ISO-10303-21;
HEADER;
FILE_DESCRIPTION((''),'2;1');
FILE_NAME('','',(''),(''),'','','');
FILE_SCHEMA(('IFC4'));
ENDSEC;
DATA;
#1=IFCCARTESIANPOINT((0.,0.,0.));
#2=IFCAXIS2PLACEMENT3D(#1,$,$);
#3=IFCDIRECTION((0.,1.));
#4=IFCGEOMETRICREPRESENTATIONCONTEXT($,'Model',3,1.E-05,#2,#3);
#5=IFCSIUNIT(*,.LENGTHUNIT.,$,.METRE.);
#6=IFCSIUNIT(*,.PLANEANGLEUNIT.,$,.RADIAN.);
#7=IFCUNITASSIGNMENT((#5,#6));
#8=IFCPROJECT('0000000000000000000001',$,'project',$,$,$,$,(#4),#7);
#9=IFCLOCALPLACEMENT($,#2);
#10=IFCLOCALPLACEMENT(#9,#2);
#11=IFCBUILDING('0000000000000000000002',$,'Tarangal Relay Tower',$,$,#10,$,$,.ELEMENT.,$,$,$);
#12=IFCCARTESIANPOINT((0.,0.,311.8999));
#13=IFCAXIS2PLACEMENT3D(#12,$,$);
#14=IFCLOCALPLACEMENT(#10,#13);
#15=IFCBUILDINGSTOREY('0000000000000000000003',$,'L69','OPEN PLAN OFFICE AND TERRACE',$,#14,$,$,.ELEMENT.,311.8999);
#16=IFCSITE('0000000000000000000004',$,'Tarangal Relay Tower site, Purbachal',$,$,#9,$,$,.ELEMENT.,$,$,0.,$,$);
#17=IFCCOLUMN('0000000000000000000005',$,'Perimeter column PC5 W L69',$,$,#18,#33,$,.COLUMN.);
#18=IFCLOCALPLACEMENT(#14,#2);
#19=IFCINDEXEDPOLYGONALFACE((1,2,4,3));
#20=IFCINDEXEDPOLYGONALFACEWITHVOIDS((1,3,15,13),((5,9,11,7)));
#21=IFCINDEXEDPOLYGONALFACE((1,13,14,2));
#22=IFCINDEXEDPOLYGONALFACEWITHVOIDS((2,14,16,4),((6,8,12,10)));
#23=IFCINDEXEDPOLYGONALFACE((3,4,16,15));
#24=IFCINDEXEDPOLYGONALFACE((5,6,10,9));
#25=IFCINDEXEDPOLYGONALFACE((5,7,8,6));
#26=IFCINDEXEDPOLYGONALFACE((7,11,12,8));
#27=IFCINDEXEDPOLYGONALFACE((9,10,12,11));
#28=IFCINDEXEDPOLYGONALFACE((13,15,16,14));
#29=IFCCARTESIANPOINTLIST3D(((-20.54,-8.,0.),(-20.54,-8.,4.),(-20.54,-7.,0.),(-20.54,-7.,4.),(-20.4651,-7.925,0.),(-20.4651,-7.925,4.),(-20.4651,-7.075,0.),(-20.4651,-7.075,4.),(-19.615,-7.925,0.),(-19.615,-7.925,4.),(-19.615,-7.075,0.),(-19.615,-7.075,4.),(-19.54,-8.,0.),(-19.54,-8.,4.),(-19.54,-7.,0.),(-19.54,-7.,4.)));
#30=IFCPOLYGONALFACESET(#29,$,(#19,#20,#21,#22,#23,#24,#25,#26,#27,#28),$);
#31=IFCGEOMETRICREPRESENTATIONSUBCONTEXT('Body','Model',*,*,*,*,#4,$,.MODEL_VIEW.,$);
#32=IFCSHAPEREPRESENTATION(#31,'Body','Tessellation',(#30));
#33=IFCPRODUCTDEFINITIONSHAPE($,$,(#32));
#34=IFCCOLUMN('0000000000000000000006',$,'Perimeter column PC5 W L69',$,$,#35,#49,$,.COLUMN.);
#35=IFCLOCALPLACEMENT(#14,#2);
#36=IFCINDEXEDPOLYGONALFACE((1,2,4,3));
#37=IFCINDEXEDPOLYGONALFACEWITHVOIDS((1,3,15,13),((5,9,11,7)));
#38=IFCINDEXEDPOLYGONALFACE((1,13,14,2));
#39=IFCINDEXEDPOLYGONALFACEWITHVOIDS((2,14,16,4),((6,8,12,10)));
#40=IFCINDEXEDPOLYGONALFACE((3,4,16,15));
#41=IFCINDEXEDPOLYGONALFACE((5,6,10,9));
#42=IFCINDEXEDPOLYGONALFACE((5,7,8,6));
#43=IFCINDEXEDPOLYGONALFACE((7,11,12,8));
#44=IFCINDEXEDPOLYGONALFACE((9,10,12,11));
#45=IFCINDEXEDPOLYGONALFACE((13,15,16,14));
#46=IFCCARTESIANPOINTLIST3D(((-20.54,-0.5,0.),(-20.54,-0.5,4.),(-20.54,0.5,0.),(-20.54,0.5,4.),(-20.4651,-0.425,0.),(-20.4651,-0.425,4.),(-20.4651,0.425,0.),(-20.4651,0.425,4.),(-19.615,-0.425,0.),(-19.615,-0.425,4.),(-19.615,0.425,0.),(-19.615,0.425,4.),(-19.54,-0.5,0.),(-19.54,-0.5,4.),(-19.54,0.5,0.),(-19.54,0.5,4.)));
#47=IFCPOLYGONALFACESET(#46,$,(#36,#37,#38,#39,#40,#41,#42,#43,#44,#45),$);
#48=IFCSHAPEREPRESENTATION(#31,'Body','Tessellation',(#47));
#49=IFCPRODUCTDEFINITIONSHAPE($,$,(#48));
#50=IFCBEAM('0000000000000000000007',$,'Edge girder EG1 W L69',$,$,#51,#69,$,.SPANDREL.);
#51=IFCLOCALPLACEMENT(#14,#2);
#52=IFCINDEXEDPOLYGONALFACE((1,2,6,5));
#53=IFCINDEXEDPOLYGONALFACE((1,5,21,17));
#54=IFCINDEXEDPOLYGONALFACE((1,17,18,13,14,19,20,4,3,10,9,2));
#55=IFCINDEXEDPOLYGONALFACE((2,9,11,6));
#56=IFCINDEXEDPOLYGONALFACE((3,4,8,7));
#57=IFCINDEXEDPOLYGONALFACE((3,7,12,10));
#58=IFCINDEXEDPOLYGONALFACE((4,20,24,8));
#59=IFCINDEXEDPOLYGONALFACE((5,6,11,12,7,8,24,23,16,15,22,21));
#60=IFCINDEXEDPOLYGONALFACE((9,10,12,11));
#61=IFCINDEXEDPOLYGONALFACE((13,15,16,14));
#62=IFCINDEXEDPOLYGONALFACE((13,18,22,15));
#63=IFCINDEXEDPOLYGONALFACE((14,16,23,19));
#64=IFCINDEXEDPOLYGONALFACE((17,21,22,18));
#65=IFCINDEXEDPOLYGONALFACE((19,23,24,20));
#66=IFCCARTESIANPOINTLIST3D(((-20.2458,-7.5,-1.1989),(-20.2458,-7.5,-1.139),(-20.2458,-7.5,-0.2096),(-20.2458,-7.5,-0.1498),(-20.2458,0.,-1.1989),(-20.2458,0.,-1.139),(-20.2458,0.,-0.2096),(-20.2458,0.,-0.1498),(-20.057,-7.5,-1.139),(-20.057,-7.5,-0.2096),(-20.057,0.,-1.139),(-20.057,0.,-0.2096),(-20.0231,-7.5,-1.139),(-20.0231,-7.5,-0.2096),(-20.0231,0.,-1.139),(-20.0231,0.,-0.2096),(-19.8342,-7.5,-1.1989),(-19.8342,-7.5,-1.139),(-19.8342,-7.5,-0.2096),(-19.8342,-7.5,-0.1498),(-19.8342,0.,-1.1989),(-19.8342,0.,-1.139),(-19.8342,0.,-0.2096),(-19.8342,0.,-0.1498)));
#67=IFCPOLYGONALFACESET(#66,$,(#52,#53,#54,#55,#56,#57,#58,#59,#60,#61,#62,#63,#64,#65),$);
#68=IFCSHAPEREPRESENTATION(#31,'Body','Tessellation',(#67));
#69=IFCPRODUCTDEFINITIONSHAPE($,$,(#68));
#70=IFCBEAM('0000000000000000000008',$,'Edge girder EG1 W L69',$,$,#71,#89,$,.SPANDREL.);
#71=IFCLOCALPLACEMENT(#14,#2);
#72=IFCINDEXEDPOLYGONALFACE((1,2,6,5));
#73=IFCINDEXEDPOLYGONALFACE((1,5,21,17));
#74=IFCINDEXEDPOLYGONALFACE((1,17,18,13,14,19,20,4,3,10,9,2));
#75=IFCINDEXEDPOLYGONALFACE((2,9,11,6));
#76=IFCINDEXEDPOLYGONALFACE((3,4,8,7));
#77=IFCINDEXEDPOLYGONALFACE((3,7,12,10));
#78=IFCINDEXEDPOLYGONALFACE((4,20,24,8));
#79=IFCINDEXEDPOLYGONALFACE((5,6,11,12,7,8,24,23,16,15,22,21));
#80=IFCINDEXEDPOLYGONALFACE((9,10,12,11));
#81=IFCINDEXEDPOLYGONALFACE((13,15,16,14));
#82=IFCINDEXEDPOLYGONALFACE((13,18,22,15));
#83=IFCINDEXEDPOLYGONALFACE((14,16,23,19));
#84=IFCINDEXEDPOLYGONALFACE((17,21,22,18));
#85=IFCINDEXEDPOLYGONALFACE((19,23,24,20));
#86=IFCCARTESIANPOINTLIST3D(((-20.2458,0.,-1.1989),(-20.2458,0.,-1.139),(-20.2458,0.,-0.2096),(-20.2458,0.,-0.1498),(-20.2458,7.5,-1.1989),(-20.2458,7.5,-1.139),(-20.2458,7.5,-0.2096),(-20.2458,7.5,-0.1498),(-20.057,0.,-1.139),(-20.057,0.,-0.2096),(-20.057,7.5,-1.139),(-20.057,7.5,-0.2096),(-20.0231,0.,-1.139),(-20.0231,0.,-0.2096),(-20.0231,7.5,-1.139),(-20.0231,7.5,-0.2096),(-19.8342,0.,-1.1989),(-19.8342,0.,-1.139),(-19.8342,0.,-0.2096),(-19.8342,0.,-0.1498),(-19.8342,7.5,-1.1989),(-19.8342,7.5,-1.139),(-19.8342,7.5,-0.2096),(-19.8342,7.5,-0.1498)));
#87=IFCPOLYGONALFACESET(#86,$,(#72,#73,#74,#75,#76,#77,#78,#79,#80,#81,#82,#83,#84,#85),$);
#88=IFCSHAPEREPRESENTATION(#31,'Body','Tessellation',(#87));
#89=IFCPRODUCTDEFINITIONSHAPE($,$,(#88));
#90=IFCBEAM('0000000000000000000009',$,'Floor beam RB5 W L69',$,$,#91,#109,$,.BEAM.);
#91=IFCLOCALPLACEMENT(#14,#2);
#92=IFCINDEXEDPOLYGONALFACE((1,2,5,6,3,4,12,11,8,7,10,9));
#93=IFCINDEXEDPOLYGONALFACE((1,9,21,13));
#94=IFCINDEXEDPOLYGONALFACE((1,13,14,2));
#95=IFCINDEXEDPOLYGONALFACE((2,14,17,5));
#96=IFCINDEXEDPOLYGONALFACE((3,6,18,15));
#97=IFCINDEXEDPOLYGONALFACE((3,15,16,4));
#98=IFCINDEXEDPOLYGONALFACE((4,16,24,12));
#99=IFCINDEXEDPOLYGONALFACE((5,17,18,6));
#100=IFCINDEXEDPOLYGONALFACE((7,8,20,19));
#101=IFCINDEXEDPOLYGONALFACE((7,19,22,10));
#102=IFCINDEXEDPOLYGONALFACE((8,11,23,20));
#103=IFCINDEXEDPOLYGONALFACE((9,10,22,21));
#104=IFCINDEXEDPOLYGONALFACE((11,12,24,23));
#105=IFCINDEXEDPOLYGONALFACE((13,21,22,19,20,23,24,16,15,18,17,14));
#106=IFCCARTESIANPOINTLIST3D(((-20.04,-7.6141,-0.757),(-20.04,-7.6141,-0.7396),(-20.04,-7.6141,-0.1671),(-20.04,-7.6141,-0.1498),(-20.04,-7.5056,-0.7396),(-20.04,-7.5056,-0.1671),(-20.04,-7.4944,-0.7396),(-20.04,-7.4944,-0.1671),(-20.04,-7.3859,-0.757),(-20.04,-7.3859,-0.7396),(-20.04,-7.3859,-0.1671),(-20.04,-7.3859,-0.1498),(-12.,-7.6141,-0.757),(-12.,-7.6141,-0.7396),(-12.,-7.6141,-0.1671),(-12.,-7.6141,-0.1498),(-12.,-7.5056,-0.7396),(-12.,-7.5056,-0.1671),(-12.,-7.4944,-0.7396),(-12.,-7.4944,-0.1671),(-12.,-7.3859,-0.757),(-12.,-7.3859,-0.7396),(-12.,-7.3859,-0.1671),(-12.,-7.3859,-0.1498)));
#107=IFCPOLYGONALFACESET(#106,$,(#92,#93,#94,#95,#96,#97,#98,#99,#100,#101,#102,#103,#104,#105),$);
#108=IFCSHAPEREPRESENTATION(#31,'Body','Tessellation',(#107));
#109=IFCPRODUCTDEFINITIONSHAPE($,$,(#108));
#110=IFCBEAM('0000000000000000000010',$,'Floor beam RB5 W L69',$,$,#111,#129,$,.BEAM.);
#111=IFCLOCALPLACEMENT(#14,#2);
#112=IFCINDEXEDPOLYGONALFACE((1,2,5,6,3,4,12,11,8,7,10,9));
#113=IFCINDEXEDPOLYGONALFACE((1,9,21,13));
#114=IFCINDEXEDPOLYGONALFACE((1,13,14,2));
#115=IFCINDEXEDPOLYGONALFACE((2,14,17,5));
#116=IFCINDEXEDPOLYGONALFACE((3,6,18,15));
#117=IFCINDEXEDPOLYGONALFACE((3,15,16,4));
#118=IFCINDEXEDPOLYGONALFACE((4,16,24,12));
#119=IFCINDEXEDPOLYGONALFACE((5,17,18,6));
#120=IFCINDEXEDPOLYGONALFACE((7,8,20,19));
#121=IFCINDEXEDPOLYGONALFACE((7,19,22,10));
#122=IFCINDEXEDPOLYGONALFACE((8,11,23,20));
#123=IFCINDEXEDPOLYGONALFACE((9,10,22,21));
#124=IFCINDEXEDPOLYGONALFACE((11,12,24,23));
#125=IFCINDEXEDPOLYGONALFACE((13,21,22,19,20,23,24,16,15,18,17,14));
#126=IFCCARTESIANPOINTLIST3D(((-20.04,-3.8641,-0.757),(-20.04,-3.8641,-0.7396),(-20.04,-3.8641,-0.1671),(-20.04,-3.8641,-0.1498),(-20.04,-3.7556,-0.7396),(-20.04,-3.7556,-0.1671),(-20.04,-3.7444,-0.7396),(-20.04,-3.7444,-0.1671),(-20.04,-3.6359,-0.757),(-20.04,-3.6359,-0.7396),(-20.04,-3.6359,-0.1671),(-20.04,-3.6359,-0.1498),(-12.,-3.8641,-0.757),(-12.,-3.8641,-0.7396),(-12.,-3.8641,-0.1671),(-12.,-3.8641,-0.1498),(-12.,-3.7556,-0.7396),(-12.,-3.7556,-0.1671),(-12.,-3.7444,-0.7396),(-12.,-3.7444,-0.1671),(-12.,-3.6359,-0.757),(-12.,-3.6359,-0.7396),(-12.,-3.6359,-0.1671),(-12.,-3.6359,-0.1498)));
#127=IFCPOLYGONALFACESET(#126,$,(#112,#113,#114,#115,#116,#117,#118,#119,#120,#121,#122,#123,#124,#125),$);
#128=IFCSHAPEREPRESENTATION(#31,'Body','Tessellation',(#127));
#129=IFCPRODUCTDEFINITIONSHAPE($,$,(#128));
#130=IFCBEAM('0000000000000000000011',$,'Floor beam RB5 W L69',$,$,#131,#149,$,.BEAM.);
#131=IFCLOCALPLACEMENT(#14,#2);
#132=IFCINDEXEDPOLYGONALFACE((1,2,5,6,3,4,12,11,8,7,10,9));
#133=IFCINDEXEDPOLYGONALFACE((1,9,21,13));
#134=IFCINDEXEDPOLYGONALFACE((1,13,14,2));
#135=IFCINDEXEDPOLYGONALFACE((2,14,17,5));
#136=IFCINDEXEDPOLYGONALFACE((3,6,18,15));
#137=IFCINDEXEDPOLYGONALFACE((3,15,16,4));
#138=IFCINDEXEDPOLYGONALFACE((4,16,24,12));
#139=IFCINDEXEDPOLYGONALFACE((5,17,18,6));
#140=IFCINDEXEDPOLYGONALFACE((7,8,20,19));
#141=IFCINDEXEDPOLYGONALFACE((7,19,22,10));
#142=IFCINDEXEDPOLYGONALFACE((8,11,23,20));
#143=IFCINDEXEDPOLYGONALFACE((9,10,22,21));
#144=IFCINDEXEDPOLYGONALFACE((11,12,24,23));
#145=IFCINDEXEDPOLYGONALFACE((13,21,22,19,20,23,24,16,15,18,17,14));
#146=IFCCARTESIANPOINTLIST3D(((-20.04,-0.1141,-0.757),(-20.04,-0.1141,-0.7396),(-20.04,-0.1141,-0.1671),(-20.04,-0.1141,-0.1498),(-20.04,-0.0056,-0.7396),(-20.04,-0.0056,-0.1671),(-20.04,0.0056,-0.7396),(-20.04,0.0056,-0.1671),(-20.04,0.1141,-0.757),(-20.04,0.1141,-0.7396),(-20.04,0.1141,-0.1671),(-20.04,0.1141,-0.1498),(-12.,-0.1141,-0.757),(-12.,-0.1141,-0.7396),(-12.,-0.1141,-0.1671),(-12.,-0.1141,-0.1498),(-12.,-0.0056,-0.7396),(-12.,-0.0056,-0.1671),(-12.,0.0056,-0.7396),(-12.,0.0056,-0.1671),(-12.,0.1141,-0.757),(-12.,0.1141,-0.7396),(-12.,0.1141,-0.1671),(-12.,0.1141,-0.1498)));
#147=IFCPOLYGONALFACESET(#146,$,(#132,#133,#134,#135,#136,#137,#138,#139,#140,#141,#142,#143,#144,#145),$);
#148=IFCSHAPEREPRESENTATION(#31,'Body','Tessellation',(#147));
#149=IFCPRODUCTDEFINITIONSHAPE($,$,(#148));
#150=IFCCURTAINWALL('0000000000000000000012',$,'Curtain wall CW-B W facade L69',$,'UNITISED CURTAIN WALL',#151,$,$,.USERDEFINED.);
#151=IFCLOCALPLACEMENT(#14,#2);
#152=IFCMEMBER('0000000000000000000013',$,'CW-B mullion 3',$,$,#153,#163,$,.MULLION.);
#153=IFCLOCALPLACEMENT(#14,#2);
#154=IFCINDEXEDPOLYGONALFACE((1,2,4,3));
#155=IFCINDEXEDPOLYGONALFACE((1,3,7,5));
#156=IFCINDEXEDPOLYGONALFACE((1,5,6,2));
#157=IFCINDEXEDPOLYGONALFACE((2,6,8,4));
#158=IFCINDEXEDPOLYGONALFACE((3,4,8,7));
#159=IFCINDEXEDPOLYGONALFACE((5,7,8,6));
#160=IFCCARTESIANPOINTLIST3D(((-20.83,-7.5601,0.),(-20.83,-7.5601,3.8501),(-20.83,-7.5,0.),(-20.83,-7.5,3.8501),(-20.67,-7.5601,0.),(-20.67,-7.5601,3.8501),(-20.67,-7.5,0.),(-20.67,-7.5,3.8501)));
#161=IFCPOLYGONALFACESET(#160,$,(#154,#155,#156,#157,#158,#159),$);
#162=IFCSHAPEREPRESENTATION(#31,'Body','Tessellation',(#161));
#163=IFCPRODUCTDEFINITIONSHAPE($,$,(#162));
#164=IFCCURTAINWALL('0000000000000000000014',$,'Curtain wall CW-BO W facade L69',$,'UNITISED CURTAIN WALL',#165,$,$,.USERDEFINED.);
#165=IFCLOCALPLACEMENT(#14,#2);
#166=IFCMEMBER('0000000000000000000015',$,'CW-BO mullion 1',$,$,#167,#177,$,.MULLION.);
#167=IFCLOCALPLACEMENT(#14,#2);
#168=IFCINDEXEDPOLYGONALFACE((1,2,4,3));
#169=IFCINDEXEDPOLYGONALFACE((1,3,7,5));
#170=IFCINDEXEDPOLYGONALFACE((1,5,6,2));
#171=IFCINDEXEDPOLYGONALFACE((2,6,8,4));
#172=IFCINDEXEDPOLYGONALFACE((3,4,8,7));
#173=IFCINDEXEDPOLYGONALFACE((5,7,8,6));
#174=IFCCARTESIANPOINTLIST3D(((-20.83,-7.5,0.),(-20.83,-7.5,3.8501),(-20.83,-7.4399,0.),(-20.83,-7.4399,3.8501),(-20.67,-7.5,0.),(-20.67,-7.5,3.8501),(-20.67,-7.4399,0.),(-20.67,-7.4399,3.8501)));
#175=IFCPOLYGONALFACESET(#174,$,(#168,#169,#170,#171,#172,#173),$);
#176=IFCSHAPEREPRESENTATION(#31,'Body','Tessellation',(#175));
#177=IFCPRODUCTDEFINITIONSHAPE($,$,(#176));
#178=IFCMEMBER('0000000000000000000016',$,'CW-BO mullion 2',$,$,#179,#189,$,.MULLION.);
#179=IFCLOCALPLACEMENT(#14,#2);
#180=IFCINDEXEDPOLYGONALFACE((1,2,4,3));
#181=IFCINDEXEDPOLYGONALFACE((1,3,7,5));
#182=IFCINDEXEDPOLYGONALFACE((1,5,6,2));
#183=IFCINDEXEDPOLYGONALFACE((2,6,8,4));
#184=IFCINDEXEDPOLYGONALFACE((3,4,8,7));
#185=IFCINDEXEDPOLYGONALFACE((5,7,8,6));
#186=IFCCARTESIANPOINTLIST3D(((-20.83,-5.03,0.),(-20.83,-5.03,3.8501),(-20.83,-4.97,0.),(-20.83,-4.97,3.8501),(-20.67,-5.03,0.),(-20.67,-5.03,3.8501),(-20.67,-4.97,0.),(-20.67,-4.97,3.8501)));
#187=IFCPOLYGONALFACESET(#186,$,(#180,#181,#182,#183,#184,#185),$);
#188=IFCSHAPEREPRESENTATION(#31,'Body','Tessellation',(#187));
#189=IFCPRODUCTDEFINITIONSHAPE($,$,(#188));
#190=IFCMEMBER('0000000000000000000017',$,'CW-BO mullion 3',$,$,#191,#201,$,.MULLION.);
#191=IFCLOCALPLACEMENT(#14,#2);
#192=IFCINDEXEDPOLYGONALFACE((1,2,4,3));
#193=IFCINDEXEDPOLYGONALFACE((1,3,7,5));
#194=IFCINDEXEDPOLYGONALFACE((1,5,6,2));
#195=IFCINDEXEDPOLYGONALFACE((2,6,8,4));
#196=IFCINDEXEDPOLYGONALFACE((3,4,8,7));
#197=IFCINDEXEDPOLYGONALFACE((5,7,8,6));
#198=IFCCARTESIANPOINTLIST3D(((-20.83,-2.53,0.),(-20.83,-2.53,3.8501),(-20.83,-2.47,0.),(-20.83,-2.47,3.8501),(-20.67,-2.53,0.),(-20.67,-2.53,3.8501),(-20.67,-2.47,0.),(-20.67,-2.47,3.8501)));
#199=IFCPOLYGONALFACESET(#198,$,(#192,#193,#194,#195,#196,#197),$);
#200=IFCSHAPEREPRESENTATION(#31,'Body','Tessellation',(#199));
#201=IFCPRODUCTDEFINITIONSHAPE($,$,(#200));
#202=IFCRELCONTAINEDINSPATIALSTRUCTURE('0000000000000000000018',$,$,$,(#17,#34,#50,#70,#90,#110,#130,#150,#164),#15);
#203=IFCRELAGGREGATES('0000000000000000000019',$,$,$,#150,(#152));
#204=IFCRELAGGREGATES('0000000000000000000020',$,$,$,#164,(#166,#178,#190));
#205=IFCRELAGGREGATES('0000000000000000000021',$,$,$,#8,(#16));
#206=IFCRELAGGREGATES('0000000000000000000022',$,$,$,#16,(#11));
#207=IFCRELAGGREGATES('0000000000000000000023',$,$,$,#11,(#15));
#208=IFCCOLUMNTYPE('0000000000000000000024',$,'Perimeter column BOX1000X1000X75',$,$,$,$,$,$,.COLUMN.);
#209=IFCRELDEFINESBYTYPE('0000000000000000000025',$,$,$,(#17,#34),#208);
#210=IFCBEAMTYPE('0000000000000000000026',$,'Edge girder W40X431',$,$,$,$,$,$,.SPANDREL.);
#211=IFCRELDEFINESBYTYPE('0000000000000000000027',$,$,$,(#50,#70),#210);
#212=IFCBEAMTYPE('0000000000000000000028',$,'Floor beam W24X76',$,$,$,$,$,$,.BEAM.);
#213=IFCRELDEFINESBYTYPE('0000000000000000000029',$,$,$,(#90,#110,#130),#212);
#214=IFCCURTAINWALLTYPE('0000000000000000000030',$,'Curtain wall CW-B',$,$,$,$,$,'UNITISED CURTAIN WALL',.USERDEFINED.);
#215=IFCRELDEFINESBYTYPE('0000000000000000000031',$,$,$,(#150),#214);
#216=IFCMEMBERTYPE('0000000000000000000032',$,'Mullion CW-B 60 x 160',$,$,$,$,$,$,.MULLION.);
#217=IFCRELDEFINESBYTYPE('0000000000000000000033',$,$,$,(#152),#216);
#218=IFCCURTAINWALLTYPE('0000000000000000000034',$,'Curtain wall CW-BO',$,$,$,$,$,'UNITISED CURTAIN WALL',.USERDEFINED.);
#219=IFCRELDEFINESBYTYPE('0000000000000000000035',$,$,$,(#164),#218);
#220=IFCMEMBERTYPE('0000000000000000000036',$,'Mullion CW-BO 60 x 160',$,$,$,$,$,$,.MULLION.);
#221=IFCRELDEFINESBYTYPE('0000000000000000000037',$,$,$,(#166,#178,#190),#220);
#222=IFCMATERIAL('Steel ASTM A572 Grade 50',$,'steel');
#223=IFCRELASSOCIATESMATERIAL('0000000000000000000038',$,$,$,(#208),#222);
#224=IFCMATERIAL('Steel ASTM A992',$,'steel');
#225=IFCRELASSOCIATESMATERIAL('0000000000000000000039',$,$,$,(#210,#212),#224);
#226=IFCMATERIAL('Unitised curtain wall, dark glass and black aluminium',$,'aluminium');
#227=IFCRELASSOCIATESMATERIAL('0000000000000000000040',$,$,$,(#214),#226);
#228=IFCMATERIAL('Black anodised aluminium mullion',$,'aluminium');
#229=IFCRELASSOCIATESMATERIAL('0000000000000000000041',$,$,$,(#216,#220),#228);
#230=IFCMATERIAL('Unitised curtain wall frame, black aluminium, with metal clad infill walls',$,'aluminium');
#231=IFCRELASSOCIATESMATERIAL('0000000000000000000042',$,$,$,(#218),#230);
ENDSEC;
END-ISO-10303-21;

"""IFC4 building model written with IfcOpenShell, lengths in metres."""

from ifc_helpers import new_model, si_unit, direction, frame, origin, origin_2d, place, context, subcontext, project, spatial, rectangle, hollow_rectangle, i_section, extrude, material, material_profile, profile_set, type_object, element, aggregate, save


model = new_model("IFC4")

# Units and contexts
model_context = context("Model", 3, precision=1e-05, world=origin(), true_north=direction((0.0, 1.0)))
body_context = subcontext(model_context, "Body", "Model", "MODEL_VIEW")
ifc_project = project(units=[si_unit("LENGTHUNIT", "METRE"), si_unit("PLANEANGLEUNIT", "RADIAN")], contexts=[model_context])

# Site, building, storey
site_placement = place(None, origin())
site = spatial("IfcSite", under=ifc_project, at=site_placement, Name="Tarangal Relay Tower site, Purbachal", CompositionType="ELEMENT", RefElevation=0.0)
building_placement = place(site_placement, origin())
building = spatial("IfcBuilding", under=site, at=building_placement, Name="Tarangal Relay Tower", CompositionType="ELEMENT")
storey_placement = place(building_placement, frame((0.0, 0.0, 311.8999)))
storey = spatial("IfcBuildingStorey", under=building, at=storey_placement, Name="L69", Description="OPEN PLAN OFFICE AND TERRACE", CompositionType="ELEMENT", Elevation=311.8999)

# Columns
ifc_material_1 = material(Name="Steel ASTM A572 Grade 50", Category="steel")
ifc_material_profile_1 = material_profile(ifc_material_1, hollow_rectangle(XDim=1.0, YDim=1.0, WallThickness=0.075, at=origin_2d()), Name="BOX1000X1000X75")
ifc_profile_set_1 = profile_set([ifc_material_profile_1], Name="Steel ASTM A572 Grade 50")
column_type = type_object("IfcColumnType", Name="Perimeter column BOX1000X1000X75", PredefinedType="COLUMN", material=ifc_profile_set_1)
for number, where, z_axis, x_axis, name in (
    (1, (-20.04, -7.5, 0.0), (0.0, 0.0, 1.0), (1.0, 0.0, 0.0), "Perimeter column PC5 W L69"),
    (2, (-20.04, 0.0, 0.0), (0.0, 0.0, 1.0), (1.0, 0.0, 0.0), "Perimeter column PC5 W L69"),
):
    element("IfcColumn", number, at=place(storey_placement, frame(where, z_axis=z_axis, x_axis=x_axis)), inside=storey, type_object=column_type, Name=name, PredefinedType="COLUMN", context=body_context, shape_type="SweptSolid", body=[
        extrude(hollow_rectangle(XDim=1.0, YDim=1.0, WallThickness=0.075, at=origin_2d()), origin(), (0.0, 0.0, 1.0), 4.0),
    ])

# Beams
ifc_material_2 = material(Name="Steel ASTM A992", Category="steel")
ifc_material_profile_2 = material_profile(ifc_material_2, i_section(OverallWidth=0.4116, OverallDepth=1.0491, WebThickness=0.0339, FlangeThickness=0.0598, at=origin_2d()), Name="W40X431")
ifc_profile_set_2 = profile_set([ifc_material_profile_2], Name="Steel ASTM A992")
beam_type_1 = type_object("IfcBeamType", Name="Edge girder W40X431", PredefinedType="SPANDREL", material=ifc_profile_set_2)
for number, where, z_axis, x_axis, name in (
    (3, (-20.04, -7.5, -0.6743), (0.0, 1.0, 0.0), (-1.0, 0.0, 0.0), "Edge girder EG1 W L69"),
    (4, (-20.04, 0.0, -0.6743), (0.0, 1.0, 0.0), (-1.0, 0.0, 0.0), "Edge girder EG1 W L69"),
):
    element("IfcBeam", number, at=place(storey_placement, frame(where, z_axis=z_axis, x_axis=x_axis)), inside=storey, type_object=beam_type_1, Name=name, PredefinedType="SPANDREL", context=body_context, shape_type="SweptSolid", body=[
        extrude(i_section(OverallWidth=0.4116, OverallDepth=1.0491, WebThickness=0.0339, FlangeThickness=0.0598, at=origin_2d()), origin(), (0.0, 0.0, 1.0), 7.5),
    ])
ifc_material_profile_3 = material_profile(ifc_material_2, i_section(OverallWidth=0.2283, OverallDepth=0.6072, WebThickness=0.0112, FlangeThickness=0.0173, at=origin_2d()), Name="W24X76")
ifc_profile_set_3 = profile_set([ifc_material_profile_3], Name="Steel ASTM A992")
beam_type_2 = type_object("IfcBeamType", Name="Floor beam W24X76", PredefinedType="BEAM", material=ifc_profile_set_3)
for number, where, z_axis, x_axis, name in (
    (5, (-12.0, -7.5, -0.4534), (-1.0, 0.0, 0.0), (0.0, -1.0, 0.0), "Floor beam RB5 W L69"),
    (6, (-12.0, -3.75, -0.4534), (-1.0, 0.0, 0.0), (0.0, -1.0, 0.0), "Floor beam RB5 W L69"),
    (7, (-12.0, 0.0, -0.4534), (-1.0, 0.0, 0.0), (0.0, -1.0, 0.0), "Floor beam RB5 W L69"),
):
    element("IfcBeam", number, at=place(storey_placement, frame(where, z_axis=z_axis, x_axis=x_axis)), inside=storey, type_object=beam_type_2, Name=name, PredefinedType="BEAM", context=body_context, shape_type="SweptSolid", body=[
        extrude(i_section(OverallWidth=0.2283, OverallDepth=0.6072, WebThickness=0.0112, FlangeThickness=0.0173, at=origin_2d()), origin(), (0.0, 0.0, 1.0), 8.04),
    ])

# Curtain wall, member
ifc_material_3 = material(Name="Unitised curtain wall, dark glass and black aluminium", Category="aluminium")
curtain_wall_type_1 = type_object("IfcCurtainWallType", Name="Curtain wall CW-B", ElementType="UNITISED CURTAIN WALL", PredefinedType="USERDEFINED", material=ifc_material_3)
curtain_wall_1_placement = place(storey_placement, origin())
curtain_wall_1 = element("IfcCurtainWall", 8, at=curtain_wall_1_placement, inside=storey, type_object=curtain_wall_type_1, Name="Curtain wall CW-B W facade L69", ObjectType="UNITISED CURTAIN WALL", PredefinedType="USERDEFINED")
ifc_material_4 = material(Name="Black anodised aluminium mullion", Category="aluminium")
ifc_material_profile_4 = material_profile(ifc_material_4, rectangle(XDim=0.1599, YDim=0.0601, at=origin_2d()), Name="CW-BM 60X160")
ifc_profile_set_4 = profile_set([ifc_material_profile_4], Name="Black anodised aluminium mullion")
member_type_1 = type_object("IfcMemberType", Name="Mullion CW-B 60 x 160", PredefinedType="MULLION", material=ifc_profile_set_4)
member_1_placement = place(storey_placement, frame((-20.75, -7.53, 0.0), z_axis=(0.0, 0.0, 1.0), x_axis=(-1.0, 0.0, 0.0)))
member_1 = element("IfcMember", 9, at=member_1_placement, type_object=member_type_1, Name="CW-B mullion 3", PredefinedType="MULLION", context=body_context, shape_type="SweptSolid", body=[
    extrude(rectangle(XDim=0.1599, YDim=0.0601, at=origin_2d()), origin(), (0.0, 0.0, 1.0), 3.8501),
])
aggregate(curtain_wall_1, [member_1])

# Curtain wall, members
ifc_material_5 = material(Name="Unitised curtain wall frame, black aluminium, with metal clad infill walls", Category="aluminium")
curtain_wall_type_2 = type_object("IfcCurtainWallType", Name="Curtain wall CW-BO", ElementType="UNITISED CURTAIN WALL", PredefinedType="USERDEFINED", material=ifc_material_5)
curtain_wall_2_placement = place(storey_placement, origin())
curtain_wall_2 = element("IfcCurtainWall", 10, at=curtain_wall_2_placement, inside=storey, type_object=curtain_wall_type_2, Name="Curtain wall CW-BO W facade L69", ObjectType="UNITISED CURTAIN WALL", PredefinedType="USERDEFINED")
ifc_material_profile_5 = material_profile(ifc_material_4, rectangle(XDim=0.1599, YDim=0.0601, at=origin_2d()), Name="CW-BOM 60X160")
ifc_profile_set_5 = profile_set([ifc_material_profile_5], Name="Black anodised aluminium mullion")
member_type_2 = type_object("IfcMemberType", Name="Mullion CW-BO 60 x 160", PredefinedType="MULLION", material=ifc_profile_set_5)
member_2_placement = place(storey_placement, frame((-20.75, -7.47, 0.0), z_axis=(0.0, 0.0, 1.0), x_axis=(-1.0, 0.0, 0.0)))
member_2 = element("IfcMember", 11, at=member_2_placement, type_object=member_type_2, Name="CW-BO mullion 1", PredefinedType="MULLION", context=body_context, shape_type="SweptSolid", body=[
    extrude(rectangle(XDim=0.1599, YDim=0.0601, at=origin_2d()), origin(), (0.0, 0.0, 1.0), 3.8501),
])
member_3_placement = place(storey_placement, frame((-20.75, -5.0, 0.0), z_axis=(0.0, 0.0, 1.0), x_axis=(-1.0, 0.0, 0.0)))
member_3 = element("IfcMember", 12, at=member_3_placement, type_object=member_type_2, Name="CW-BO mullion 2", PredefinedType="MULLION", context=body_context, shape_type="SweptSolid", body=[
    extrude(rectangle(XDim=0.1599, YDim=0.0601, at=origin_2d()), origin(), (0.0, 0.0, 1.0), 3.8501),
])
member_4_placement = place(storey_placement, frame((-20.75, -2.5, 0.0), z_axis=(0.0, 0.0, 1.0), x_axis=(-1.0, 0.0, 0.0)))
member_4 = element("IfcMember", 13, at=member_4_placement, type_object=member_type_2, Name="CW-BO mullion 3", PredefinedType="MULLION", context=body_context, shape_type="SweptSolid", body=[
    extrude(rectangle(XDim=0.1599, YDim=0.0601, at=origin_2d()), origin(), (0.0, 0.0, 1.0), 3.8501),
])
aggregate(curtain_wall_2, [member_2, member_3, member_4])

save(model, "model.ifc")
